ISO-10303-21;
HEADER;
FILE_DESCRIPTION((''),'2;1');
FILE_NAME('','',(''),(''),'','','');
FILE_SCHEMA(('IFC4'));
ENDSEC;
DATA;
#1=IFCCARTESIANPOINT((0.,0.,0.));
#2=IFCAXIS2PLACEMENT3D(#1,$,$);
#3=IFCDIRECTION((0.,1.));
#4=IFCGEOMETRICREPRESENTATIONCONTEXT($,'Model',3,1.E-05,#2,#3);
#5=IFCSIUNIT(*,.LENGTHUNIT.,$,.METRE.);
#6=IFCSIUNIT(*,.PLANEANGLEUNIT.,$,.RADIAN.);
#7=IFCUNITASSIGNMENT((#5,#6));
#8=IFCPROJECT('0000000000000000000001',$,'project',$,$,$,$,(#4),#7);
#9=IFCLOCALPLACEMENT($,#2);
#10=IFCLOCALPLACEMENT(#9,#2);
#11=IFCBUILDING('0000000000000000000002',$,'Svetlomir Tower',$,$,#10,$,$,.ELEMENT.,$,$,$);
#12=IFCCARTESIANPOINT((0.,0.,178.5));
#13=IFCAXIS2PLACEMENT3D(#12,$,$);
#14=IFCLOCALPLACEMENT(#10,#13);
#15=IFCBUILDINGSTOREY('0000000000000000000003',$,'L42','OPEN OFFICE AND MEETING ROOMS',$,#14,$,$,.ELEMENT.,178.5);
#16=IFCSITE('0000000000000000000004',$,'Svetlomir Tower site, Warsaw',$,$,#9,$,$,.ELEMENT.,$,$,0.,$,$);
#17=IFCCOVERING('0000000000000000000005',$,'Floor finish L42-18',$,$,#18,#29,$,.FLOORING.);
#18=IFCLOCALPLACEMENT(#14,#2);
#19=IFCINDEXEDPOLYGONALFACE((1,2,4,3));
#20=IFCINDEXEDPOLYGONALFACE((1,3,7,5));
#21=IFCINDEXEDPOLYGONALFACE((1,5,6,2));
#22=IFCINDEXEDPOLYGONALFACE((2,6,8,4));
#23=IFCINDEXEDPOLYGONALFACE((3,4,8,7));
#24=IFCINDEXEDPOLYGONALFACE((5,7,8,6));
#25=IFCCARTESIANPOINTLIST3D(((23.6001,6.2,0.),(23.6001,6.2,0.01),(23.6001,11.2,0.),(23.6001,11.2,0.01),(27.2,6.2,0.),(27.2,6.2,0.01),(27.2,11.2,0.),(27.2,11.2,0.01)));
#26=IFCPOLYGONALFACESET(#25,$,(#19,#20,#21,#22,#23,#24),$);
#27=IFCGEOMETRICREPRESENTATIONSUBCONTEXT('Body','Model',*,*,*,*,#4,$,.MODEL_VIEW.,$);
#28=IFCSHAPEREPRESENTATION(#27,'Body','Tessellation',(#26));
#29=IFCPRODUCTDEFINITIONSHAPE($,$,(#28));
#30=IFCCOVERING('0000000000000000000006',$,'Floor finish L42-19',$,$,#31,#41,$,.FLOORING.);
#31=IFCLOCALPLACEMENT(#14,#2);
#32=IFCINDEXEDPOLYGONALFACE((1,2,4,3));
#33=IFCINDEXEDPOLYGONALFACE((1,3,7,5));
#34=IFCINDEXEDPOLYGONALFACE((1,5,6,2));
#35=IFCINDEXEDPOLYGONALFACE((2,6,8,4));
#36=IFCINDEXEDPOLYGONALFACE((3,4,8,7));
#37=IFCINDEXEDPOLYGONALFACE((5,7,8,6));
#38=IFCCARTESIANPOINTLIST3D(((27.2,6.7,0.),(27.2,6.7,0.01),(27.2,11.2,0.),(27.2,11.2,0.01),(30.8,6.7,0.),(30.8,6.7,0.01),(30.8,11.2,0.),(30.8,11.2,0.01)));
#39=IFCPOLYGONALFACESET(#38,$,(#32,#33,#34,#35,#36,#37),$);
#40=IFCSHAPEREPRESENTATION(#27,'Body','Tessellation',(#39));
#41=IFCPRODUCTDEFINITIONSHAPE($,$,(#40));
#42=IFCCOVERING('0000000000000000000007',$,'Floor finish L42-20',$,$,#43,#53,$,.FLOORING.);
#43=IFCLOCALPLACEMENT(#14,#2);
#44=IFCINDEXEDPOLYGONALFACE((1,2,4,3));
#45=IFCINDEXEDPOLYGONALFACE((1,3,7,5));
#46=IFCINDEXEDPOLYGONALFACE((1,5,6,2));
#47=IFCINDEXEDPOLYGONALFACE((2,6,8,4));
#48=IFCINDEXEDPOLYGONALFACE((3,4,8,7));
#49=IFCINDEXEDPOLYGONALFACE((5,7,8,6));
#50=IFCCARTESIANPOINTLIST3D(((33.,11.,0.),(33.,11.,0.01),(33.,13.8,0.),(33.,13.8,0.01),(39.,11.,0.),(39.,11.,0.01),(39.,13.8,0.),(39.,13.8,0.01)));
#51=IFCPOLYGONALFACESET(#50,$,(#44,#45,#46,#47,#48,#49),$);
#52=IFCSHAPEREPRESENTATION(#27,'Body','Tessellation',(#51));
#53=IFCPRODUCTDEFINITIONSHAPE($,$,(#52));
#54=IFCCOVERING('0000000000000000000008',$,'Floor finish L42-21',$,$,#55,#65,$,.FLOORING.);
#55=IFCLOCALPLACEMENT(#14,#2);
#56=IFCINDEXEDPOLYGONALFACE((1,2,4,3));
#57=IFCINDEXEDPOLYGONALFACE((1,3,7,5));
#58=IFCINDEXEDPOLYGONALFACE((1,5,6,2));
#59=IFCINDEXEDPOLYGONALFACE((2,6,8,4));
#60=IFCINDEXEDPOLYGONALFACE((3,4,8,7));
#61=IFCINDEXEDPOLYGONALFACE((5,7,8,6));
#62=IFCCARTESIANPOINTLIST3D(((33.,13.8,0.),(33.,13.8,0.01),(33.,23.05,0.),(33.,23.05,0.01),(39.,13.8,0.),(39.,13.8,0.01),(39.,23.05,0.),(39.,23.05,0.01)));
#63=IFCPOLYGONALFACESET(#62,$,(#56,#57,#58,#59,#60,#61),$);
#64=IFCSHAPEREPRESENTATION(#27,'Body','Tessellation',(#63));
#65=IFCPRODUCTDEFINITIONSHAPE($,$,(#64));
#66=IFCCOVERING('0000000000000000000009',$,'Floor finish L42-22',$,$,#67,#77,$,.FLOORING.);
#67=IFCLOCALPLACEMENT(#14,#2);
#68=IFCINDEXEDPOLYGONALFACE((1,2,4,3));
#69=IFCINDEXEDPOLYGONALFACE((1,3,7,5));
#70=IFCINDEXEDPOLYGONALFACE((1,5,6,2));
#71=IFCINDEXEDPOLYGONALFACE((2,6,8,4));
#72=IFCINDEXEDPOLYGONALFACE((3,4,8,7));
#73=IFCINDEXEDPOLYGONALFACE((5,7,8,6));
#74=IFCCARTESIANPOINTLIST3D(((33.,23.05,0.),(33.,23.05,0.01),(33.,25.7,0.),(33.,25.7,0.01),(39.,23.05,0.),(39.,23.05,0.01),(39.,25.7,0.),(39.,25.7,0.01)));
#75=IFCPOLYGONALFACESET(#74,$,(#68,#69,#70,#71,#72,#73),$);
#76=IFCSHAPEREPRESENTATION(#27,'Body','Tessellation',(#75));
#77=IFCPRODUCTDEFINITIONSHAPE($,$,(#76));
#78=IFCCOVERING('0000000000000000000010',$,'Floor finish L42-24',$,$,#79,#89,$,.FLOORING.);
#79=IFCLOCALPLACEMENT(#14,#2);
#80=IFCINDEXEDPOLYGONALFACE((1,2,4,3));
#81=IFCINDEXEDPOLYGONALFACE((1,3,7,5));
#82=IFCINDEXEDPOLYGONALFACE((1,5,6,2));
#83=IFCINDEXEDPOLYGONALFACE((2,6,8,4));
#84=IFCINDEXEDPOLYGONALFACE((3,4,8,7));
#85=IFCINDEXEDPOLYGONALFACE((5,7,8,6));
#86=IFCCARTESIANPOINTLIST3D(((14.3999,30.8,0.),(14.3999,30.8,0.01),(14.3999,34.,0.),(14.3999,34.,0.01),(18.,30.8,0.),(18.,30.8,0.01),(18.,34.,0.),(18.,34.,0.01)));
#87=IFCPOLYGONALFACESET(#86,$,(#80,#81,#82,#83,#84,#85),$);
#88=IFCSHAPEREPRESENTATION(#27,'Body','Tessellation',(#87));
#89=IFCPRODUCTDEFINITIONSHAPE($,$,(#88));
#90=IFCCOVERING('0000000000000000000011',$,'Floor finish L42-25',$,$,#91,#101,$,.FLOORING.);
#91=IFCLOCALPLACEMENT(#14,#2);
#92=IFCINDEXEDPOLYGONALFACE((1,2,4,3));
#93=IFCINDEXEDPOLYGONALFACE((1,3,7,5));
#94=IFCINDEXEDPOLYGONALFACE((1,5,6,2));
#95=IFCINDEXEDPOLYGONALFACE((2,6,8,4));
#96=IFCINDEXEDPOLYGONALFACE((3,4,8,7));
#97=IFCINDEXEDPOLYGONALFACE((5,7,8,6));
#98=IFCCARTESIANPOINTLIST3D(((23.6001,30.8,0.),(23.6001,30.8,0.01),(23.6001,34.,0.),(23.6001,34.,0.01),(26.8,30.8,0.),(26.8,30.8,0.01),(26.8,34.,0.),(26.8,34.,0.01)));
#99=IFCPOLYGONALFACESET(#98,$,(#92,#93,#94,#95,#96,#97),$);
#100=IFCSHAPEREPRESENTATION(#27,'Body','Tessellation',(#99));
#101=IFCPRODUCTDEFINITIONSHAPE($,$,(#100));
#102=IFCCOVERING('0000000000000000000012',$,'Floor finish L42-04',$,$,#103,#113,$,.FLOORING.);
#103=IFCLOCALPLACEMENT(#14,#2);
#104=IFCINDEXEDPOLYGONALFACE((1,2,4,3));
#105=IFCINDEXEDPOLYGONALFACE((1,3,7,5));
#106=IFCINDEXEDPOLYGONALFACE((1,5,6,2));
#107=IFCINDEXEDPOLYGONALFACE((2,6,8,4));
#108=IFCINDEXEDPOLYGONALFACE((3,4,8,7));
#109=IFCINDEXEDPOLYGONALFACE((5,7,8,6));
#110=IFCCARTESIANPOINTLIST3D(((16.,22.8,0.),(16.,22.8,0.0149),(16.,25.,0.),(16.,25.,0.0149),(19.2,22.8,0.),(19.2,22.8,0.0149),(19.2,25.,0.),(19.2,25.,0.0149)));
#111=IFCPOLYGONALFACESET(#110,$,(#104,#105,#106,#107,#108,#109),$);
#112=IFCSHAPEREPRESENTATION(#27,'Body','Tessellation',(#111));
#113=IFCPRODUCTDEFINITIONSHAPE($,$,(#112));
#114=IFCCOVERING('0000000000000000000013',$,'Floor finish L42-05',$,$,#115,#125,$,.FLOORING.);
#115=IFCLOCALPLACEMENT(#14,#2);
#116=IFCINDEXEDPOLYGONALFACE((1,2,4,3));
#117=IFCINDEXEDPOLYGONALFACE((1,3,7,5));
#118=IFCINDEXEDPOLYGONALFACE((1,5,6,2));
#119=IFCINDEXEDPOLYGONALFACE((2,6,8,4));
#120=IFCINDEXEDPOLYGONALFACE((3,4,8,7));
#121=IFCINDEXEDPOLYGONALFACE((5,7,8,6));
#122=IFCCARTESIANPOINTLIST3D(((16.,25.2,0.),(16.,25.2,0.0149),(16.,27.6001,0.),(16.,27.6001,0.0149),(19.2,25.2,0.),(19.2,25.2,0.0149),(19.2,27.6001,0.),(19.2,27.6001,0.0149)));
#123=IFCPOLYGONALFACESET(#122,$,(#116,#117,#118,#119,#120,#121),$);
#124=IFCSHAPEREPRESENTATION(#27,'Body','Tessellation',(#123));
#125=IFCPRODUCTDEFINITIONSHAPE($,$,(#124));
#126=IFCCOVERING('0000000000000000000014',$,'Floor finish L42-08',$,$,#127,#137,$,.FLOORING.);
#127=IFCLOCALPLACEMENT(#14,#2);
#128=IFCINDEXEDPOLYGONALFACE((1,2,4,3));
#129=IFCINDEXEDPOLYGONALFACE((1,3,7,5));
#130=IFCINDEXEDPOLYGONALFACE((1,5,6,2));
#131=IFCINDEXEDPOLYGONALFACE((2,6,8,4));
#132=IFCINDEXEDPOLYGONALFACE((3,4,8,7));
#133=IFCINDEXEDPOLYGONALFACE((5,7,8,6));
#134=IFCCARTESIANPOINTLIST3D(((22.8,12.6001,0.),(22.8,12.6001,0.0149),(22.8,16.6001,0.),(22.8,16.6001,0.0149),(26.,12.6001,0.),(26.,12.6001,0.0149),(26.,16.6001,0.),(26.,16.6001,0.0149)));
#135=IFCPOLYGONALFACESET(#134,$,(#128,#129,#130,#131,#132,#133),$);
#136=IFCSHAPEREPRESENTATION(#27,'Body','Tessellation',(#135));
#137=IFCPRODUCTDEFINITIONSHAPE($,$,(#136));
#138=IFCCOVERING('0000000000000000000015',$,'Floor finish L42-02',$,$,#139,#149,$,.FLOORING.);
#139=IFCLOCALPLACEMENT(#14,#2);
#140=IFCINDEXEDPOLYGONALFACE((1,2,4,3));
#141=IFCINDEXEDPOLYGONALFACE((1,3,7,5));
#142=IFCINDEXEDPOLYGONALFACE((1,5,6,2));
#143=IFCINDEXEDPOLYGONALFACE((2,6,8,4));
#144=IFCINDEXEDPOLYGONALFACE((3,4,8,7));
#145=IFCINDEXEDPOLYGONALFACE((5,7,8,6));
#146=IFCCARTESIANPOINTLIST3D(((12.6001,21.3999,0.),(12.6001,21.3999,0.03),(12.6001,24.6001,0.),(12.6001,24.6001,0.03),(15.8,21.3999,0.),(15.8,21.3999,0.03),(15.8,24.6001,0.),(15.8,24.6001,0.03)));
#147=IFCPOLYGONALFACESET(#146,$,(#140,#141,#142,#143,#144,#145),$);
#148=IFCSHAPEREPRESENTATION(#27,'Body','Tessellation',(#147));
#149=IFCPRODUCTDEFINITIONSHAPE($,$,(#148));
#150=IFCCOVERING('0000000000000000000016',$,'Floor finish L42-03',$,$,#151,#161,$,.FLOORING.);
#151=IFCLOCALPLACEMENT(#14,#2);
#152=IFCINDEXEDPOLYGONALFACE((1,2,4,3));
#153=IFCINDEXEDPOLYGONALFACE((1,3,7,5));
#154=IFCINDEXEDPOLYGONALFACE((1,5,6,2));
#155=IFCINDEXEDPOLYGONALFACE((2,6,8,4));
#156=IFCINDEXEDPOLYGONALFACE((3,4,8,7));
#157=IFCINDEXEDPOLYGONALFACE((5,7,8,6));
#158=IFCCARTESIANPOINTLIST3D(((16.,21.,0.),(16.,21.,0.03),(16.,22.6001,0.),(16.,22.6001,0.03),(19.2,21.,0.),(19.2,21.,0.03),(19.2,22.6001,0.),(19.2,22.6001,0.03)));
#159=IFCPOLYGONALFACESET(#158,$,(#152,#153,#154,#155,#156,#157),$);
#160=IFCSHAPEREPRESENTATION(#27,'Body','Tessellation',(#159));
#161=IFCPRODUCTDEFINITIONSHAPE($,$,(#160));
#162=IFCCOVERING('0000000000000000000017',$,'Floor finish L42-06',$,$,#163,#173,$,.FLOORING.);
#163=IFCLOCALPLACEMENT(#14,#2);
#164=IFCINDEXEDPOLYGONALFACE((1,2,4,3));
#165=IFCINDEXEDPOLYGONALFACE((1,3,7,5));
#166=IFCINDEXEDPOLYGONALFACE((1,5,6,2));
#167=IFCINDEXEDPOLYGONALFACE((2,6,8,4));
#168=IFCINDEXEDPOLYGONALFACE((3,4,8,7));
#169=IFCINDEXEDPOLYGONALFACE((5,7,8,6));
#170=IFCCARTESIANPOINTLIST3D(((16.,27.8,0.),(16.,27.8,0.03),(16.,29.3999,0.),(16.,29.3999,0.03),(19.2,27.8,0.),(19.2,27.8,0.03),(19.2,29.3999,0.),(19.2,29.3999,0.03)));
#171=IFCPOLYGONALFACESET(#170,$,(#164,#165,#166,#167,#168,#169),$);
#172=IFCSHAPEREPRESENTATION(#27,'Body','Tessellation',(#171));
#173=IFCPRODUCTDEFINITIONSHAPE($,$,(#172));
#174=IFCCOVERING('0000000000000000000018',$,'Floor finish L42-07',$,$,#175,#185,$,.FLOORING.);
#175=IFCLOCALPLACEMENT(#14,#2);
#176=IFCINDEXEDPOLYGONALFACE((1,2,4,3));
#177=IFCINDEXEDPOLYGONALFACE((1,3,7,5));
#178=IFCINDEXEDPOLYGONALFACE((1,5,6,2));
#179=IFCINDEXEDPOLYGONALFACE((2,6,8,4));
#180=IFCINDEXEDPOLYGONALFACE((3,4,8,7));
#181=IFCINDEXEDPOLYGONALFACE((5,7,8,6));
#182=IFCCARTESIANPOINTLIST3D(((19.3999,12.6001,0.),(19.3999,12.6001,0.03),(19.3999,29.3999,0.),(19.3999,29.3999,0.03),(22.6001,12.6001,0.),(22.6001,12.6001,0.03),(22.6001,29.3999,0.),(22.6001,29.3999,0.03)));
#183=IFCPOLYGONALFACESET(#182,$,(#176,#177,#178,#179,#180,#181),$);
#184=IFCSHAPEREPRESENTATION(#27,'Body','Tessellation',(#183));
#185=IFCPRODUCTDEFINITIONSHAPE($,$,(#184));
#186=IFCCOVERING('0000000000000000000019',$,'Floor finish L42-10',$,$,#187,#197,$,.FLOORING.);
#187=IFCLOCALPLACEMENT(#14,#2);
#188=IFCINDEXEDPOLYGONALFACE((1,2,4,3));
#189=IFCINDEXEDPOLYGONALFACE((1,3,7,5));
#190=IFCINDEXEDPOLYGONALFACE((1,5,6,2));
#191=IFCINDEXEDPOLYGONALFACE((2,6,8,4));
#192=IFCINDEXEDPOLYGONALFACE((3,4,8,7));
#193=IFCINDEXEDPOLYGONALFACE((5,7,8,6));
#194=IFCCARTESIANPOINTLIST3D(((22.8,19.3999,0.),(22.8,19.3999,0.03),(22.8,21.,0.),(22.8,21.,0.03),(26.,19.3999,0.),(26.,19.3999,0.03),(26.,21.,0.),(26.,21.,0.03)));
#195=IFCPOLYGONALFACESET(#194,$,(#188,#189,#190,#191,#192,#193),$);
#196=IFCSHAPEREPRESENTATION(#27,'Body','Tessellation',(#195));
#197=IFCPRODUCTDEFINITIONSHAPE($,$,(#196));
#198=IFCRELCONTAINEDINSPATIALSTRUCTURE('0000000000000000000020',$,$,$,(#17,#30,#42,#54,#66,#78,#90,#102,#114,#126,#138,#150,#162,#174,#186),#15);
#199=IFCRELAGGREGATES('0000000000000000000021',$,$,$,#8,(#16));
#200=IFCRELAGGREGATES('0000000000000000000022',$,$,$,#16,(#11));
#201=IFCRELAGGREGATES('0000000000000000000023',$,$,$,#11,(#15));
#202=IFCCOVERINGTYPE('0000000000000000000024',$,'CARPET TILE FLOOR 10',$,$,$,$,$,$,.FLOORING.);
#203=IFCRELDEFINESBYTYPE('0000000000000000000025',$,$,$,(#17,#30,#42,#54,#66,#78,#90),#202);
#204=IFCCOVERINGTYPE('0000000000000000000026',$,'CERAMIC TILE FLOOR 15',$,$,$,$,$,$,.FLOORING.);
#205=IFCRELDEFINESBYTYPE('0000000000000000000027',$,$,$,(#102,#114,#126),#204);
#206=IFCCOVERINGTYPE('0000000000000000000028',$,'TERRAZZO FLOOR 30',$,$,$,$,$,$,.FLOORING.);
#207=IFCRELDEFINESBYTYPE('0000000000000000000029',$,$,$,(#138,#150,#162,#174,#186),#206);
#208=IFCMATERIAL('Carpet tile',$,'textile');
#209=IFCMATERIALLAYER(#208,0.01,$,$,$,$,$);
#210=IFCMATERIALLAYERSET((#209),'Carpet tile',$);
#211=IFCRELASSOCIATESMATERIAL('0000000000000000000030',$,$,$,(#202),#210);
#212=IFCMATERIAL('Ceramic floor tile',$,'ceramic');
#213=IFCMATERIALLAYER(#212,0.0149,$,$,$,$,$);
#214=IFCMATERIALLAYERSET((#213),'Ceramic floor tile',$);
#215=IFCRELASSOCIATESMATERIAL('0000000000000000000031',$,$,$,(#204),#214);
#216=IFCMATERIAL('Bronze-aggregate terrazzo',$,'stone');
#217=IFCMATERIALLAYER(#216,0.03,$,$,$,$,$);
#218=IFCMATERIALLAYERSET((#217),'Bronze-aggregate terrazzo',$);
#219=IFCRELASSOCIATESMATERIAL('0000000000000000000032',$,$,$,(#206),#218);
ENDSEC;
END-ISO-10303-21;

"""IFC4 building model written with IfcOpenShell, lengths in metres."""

from ifc_helpers import new_model, si_unit, direction, frame, origin, place, context, subcontext, project, spatial, polyline, outline, extrude, material, layer, layer_set, type_object, element, save


model = new_model("IFC4")

# Units and contexts
model_context = context("Model", 3, precision=1e-05, world=origin(), true_north=direction((0.0, 1.0)))
body_context = subcontext(model_context, "Body", "Model", "MODEL_VIEW")
ifc_project = project(units=[si_unit("LENGTHUNIT", "METRE"), si_unit("PLANEANGLEUNIT", "RADIAN")], contexts=[model_context])

# Site, building, storey
site_placement = place(None, origin())
site = spatial("IfcSite", under=ifc_project, at=site_placement, Name="Svetlomir Tower site, Warsaw", CompositionType="ELEMENT", RefElevation=0.0)
building_placement = place(site_placement, origin())
building = spatial("IfcBuilding", under=site, at=building_placement, Name="Svetlomir Tower", CompositionType="ELEMENT")
storey_placement = place(building_placement, frame((0.0, 0.0, 178.5)))
storey = spatial("IfcBuildingStorey", under=building, at=storey_placement, Name="L42", Description="OPEN OFFICE AND MEETING ROOMS", CompositionType="ELEMENT", Elevation=178.5)

# Coverings
ifc_material_1 = material(Name="Carpet tile", Category="textile")
ifc_layer_1 = layer(ifc_material_1, 0.01)
ifc_layer_set_1 = layer_set([ifc_layer_1], Name="Carpet tile")
covering_type_1 = type_object("IfcCoveringType", Name="CARPET TILE FLOOR 10", PredefinedType="FLOORING", material=ifc_layer_set_1)
covering_1_placement = place(storey_placement, origin())
element("IfcCovering", 1, at=covering_1_placement, inside=storey, type_object=covering_type_1, Name="Floor finish L42-18", PredefinedType="FLOORING", context=body_context, shape_type="SweptSolid", body=[
    extrude(outline(polyline([(23.6001, 6.2), (27.2, 6.2), (27.2, 11.2), (23.6001, 11.2), (23.6001, 6.2)])), origin(), (0.0, 0.0, 1.0), 0.01),
])
covering_2_placement = place(storey_placement, origin())
element("IfcCovering", 2, at=covering_2_placement, inside=storey, type_object=covering_type_1, Name="Floor finish L42-19", PredefinedType="FLOORING", context=body_context, shape_type="SweptSolid", body=[
    extrude(outline(polyline([(27.2, 6.7), (30.8, 6.7), (30.8, 11.2), (27.2, 11.2), (27.2, 6.7)])), origin(), (0.0, 0.0, 1.0), 0.01),
])
covering_3_placement = place(storey_placement, origin())
element("IfcCovering", 3, at=covering_3_placement, inside=storey, type_object=covering_type_1, Name="Floor finish L42-20", PredefinedType="FLOORING", context=body_context, shape_type="SweptSolid", body=[
    extrude(outline(polyline([(33.0, 11.0), (39.0, 11.0), (39.0, 13.8), (33.0, 13.8), (33.0, 11.0)])), origin(), (0.0, 0.0, 1.0), 0.01),
])
covering_4_placement = place(storey_placement, origin())
element("IfcCovering", 4, at=covering_4_placement, inside=storey, type_object=covering_type_1, Name="Floor finish L42-21", PredefinedType="FLOORING", context=body_context, shape_type="SweptSolid", body=[
    extrude(outline(polyline([(33.0, 13.8), (39.0, 13.8), (39.0, 23.05), (33.0, 23.05), (33.0, 13.8)])), origin(), (0.0, 0.0, 1.0), 0.01),
])
covering_5_placement = place(storey_placement, origin())
element("IfcCovering", 5, at=covering_5_placement, inside=storey, type_object=covering_type_1, Name="Floor finish L42-22", PredefinedType="FLOORING", context=body_context, shape_type="SweptSolid", body=[
    extrude(outline(polyline([(33.0, 23.05), (39.0, 23.05), (39.0, 25.7), (33.0, 25.7), (33.0, 23.05)])), origin(), (0.0, 0.0, 1.0), 0.01),
])
covering_6_placement = place(storey_placement, origin())
element("IfcCovering", 6, at=covering_6_placement, inside=storey, type_object=covering_type_1, Name="Floor finish L42-24", PredefinedType="FLOORING", context=body_context, shape_type="SweptSolid", body=[
    extrude(outline(polyline([(14.3999, 30.8), (18.0, 30.8), (18.0, 34.0), (14.3999, 34.0), (14.3999, 30.8)])), origin(), (0.0, 0.0, 1.0), 0.01),
])
covering_7_placement = place(storey_placement, origin())
element("IfcCovering", 7, at=covering_7_placement, inside=storey, type_object=covering_type_1, Name="Floor finish L42-25", PredefinedType="FLOORING", context=body_context, shape_type="SweptSolid", body=[
    extrude(outline(polyline([(23.6001, 30.8), (26.8, 30.8), (26.8, 34.0), (23.6001, 34.0), (23.6001, 30.8)])), origin(), (0.0, 0.0, 1.0), 0.01),
])
ifc_material_2 = material(Name="Ceramic floor tile", Category="ceramic")
ifc_layer_2 = layer(ifc_material_2, 0.0149)
ifc_layer_set_2 = layer_set([ifc_layer_2], Name="Ceramic floor tile")
covering_type_2 = type_object("IfcCoveringType", Name="CERAMIC TILE FLOOR 15", PredefinedType="FLOORING", material=ifc_layer_set_2)
covering_8_placement = place(storey_placement, origin())
element("IfcCovering", 8, at=covering_8_placement, inside=storey, type_object=covering_type_2, Name="Floor finish L42-04", PredefinedType="FLOORING", context=body_context, shape_type="SweptSolid", body=[
    extrude(outline(polyline([(16.0, 22.8), (19.2, 22.8), (19.2, 25.0), (16.0, 25.0), (16.0, 22.8)])), origin(), (0.0, 0.0, 1.0), 0.0149),
])
covering_9_placement = place(storey_placement, origin())
element("IfcCovering", 9, at=covering_9_placement, inside=storey, type_object=covering_type_2, Name="Floor finish L42-05", PredefinedType="FLOORING", context=body_context, shape_type="SweptSolid", body=[
    extrude(outline(polyline([(16.0, 25.2), (19.2, 25.2), (19.2, 27.6001), (16.0, 27.6001), (16.0, 25.2)])), origin(), (0.0, 0.0, 1.0), 0.0149),
])
covering_10_placement = place(storey_placement, origin())
element("IfcCovering", 10, at=covering_10_placement, inside=storey, type_object=covering_type_2, Name="Floor finish L42-08", PredefinedType="FLOORING", context=body_context, shape_type="SweptSolid", body=[
    extrude(outline(polyline([(22.8, 12.6001), (26.0, 12.6001), (26.0, 16.6001), (22.8, 16.6001), (22.8, 12.6001)])), origin(), (0.0, 0.0, 1.0), 0.0149),
])
ifc_material_3 = material(Name="Bronze-aggregate terrazzo", Category="stone")
ifc_layer_3 = layer(ifc_material_3, 0.03)
ifc_layer_set_3 = layer_set([ifc_layer_3], Name="Bronze-aggregate terrazzo")
covering_type_3 = type_object("IfcCoveringType", Name="TERRAZZO FLOOR 30", PredefinedType="FLOORING", material=ifc_layer_set_3)
covering_11_placement = place(storey_placement, origin())
element("IfcCovering", 11, at=covering_11_placement, inside=storey, type_object=covering_type_3, Name="Floor finish L42-02", PredefinedType="FLOORING", context=body_context, shape_type="SweptSolid", body=[
    extrude(outline(polyline([(12.6001, 21.3999), (15.8, 21.3999), (15.8, 24.6001), (12.6001, 24.6001), (12.6001, 21.3999)])), origin(), (0.0, 0.0, 1.0), 0.03),
])
covering_12_placement = place(storey_placement, origin())
element("IfcCovering", 12, at=covering_12_placement, inside=storey, type_object=covering_type_3, Name="Floor finish L42-03", PredefinedType="FLOORING", context=body_context, shape_type="SweptSolid", body=[
    extrude(outline(polyline([(16.0, 21.0), (19.2, 21.0), (19.2, 22.6001), (16.0, 22.6001), (16.0, 21.0)])), origin(), (0.0, 0.0, 1.0), 0.03),
])
covering_13_placement = place(storey_placement, origin())
element("IfcCovering", 13, at=covering_13_placement, inside=storey, type_object=covering_type_3, Name="Floor finish L42-06", PredefinedType="FLOORING", context=body_context, shape_type="SweptSolid", body=[
    extrude(outline(polyline([(16.0, 27.8), (19.2, 27.8), (19.2, 29.3999), (16.0, 29.3999), (16.0, 27.8)])), origin(), (0.0, 0.0, 1.0), 0.03),
])
covering_14_placement = place(storey_placement, origin())
element("IfcCovering", 14, at=covering_14_placement, inside=storey, type_object=covering_type_3, Name="Floor finish L42-07", PredefinedType="FLOORING", context=body_context, shape_type="SweptSolid", body=[
    extrude(outline(polyline([(19.3999, 12.6001), (22.6001, 12.6001), (22.6001, 29.3999), (19.3999, 29.3999), (19.3999, 12.6001)])), origin(), (0.0, 0.0, 1.0), 0.03),
])
covering_15_placement = place(storey_placement, origin())
element("IfcCovering", 15, at=covering_15_placement, inside=storey, type_object=covering_type_3, Name="Floor finish L42-10", PredefinedType="FLOORING", context=body_context, shape_type="SweptSolid", body=[
    extrude(outline(polyline([(22.8, 19.3999), (26.0, 19.3999), (26.0, 21.0), (22.8, 21.0), (22.8, 19.3999)])), origin(), (0.0, 0.0, 1.0), 0.03),
])

save(model, "model.ifc")
